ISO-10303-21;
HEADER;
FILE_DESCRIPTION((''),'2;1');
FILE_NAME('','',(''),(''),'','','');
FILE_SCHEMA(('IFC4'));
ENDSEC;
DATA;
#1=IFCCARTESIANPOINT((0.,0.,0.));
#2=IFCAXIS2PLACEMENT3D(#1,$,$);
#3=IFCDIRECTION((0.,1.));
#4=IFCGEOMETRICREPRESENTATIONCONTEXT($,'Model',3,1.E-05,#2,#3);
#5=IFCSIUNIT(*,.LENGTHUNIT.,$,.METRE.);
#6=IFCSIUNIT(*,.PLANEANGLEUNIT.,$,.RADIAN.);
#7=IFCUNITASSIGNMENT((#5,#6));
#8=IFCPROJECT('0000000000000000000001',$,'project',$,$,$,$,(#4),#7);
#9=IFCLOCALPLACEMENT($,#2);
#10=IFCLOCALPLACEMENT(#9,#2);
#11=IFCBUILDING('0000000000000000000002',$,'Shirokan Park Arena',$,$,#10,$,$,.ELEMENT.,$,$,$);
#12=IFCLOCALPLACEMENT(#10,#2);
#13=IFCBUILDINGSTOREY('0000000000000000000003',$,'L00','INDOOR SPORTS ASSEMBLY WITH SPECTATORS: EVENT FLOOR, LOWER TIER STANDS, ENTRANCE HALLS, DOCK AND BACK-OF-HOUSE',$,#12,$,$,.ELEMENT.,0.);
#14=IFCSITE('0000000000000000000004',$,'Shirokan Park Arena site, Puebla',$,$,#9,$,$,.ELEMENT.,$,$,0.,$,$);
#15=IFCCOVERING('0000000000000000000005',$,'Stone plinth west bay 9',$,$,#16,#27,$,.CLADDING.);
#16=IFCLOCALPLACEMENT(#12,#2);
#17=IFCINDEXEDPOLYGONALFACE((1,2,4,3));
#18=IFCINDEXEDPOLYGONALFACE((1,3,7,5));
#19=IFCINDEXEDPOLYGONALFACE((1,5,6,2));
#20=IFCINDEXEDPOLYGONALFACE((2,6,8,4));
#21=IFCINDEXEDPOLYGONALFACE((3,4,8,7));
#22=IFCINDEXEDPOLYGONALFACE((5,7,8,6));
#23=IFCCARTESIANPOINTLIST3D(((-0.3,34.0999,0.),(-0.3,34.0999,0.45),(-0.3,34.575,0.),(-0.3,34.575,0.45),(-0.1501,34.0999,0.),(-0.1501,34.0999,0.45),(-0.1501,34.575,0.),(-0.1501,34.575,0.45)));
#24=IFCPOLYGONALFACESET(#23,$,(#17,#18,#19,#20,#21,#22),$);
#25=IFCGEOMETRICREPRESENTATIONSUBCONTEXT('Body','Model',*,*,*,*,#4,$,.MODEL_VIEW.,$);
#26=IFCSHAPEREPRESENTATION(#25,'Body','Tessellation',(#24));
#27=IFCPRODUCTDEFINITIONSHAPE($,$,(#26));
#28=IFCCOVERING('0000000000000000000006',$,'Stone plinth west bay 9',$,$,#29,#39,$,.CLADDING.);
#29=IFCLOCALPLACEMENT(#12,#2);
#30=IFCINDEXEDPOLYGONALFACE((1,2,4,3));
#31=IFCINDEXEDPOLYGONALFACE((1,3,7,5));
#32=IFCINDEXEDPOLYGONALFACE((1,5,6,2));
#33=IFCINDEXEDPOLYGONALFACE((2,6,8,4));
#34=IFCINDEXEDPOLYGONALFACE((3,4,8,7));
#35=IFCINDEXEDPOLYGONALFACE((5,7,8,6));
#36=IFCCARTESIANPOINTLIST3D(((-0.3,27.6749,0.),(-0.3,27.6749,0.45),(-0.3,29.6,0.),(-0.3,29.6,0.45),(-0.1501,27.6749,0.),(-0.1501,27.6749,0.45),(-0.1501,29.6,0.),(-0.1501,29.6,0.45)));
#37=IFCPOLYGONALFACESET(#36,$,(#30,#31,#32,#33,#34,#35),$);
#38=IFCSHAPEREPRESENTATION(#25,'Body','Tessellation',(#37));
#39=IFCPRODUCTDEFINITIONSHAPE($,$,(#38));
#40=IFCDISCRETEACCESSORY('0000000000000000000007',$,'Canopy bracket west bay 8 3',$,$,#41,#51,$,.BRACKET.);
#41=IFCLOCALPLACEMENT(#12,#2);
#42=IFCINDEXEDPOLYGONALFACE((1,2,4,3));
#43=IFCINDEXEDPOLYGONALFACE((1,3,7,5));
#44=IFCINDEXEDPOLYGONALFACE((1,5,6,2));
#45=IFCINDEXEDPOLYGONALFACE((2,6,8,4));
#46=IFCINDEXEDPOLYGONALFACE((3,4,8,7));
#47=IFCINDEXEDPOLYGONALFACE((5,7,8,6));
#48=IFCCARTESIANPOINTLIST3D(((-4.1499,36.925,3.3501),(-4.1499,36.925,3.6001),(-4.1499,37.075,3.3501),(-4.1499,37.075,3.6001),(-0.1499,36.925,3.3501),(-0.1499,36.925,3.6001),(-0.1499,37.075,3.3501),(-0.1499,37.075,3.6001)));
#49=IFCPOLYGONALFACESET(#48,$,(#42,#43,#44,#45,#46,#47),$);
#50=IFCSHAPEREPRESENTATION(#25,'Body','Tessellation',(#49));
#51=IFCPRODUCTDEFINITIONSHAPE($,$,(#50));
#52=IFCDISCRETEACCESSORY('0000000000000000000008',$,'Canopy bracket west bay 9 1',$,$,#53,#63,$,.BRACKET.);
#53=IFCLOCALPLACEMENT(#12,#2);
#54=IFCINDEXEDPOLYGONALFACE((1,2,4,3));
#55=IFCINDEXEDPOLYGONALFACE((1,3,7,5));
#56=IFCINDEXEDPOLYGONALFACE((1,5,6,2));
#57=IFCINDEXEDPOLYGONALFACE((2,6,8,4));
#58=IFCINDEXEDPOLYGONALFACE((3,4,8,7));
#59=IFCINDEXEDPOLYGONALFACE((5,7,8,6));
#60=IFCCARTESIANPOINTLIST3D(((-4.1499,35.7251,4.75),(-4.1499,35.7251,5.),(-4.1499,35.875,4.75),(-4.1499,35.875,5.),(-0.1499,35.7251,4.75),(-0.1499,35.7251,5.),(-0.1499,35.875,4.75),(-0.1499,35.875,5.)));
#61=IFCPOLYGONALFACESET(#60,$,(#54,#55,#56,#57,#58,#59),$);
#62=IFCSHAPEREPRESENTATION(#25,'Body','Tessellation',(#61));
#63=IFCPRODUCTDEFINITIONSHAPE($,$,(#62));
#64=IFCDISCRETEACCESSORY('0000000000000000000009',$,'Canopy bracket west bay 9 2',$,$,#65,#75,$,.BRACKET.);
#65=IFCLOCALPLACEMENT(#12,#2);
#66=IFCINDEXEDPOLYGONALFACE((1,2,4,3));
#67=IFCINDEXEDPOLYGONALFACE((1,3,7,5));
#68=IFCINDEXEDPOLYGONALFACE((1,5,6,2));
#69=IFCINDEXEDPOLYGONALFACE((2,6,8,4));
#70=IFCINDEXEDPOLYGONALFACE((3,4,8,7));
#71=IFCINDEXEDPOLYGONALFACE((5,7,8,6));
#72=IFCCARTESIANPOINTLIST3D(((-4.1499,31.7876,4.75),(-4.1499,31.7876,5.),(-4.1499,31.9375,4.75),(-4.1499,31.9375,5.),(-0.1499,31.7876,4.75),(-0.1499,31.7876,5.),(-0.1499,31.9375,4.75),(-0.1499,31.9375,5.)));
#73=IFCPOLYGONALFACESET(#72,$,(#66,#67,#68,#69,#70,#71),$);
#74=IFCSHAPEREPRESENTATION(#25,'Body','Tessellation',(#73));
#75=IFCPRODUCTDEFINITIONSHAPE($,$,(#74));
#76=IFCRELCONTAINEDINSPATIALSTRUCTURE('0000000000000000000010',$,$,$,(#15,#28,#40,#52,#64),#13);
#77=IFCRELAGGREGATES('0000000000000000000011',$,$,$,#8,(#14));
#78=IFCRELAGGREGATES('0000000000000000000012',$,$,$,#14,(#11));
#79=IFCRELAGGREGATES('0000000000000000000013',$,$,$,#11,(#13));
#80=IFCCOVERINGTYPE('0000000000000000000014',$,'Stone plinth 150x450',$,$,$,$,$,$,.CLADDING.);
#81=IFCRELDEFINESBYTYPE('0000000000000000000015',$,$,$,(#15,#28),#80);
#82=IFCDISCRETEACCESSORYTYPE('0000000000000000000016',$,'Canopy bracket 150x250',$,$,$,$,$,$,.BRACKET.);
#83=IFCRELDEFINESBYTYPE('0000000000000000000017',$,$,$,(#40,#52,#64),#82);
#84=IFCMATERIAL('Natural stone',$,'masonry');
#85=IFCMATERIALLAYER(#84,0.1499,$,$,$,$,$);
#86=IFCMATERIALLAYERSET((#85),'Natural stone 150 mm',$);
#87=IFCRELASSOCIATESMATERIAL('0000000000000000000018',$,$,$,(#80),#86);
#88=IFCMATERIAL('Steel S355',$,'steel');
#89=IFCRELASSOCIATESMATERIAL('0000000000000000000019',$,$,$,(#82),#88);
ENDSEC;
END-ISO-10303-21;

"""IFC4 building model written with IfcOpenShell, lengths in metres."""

from ifc_helpers import new_model, si_unit, direction, frame, origin, origin_2d, place, context, subcontext, project, spatial, rectangle, extrude, material, layer, layer_set, type_object, element, save


model = new_model("IFC4")

# Units and contexts
model_context = context("Model", 3, precision=1e-05, world=origin(), true_north=direction((0.0, 1.0)))
body_context = subcontext(model_context, "Body", "Model", "MODEL_VIEW")
ifc_project = project(units=[si_unit("LENGTHUNIT", "METRE"), si_unit("PLANEANGLEUNIT", "RADIAN")], contexts=[model_context])

# Site, building, storey
site_placement = place(None, origin())
site = spatial("IfcSite", under=ifc_project, at=site_placement, Name="Shirokan Park Arena site, Puebla", CompositionType="ELEMENT", RefElevation=0.0)
building_placement = place(site_placement, origin())
building = spatial("IfcBuilding", under=site, at=building_placement, Name="Shirokan Park Arena", CompositionType="ELEMENT")
storey_placement = place(building_placement, origin())
storey = spatial("IfcBuildingStorey", under=building, at=storey_placement, Name="L00", Description="INDOOR SPORTS ASSEMBLY WITH SPECTATORS: EVENT FLOOR, LOWER TIER STANDS, ENTRANCE HALLS, DOCK AND BACK-OF-HOUSE", CompositionType="ELEMENT", Elevation=0.0)

# Shared definitions
ifc_material_1 = material(Name="Steel S355", Category="steel")

# Coverings
ifc_material_2 = material(Name="Natural stone", Category="masonry")
ifc_layer_1 = layer(ifc_material_2, 0.1499)
ifc_layer_set_1 = layer_set([ifc_layer_1], Name="Natural stone 150 mm")
covering_type_1 = type_object("IfcCoveringType", Name="Stone plinth 150x450", PredefinedType="CLADDING", material=ifc_layer_set_1)
for number, where, z_axis, x_axis, name in (
    (1, (-0.2251, 34.3374, 0.0), (0.0, 0.0, 1.0), (0.0, -1.0, 0.0), "Stone plinth west bay 9"),
):
    element("IfcCovering", number, at=place(storey_placement, frame(where, z_axis=z_axis, x_axis=x_axis)), inside=storey, type_object=covering_type_1, Name=name, PredefinedType="CLADDING", context=body_context, shape_type="SweptSolid", body=[
        extrude(rectangle(XDim=0.4751, YDim=0.1499, at=origin_2d()), origin(), (0.0, 0.0, 1.0), 0.45),
    ])
covering_1_placement = place(storey_placement, frame((-0.2251, 28.6375, 0.0), z_axis=(0.0, 0.0, 1.0), x_axis=(0.0, -1.0, 0.0)))
element("IfcCovering", 2, at=covering_1_placement, inside=storey, type_object=covering_type_1, Name="Stone plinth west bay 9", PredefinedType="CLADDING", context=body_context, shape_type="SweptSolid", body=[
    extrude(rectangle(XDim=1.925, YDim=0.1499, at=origin_2d()), origin(), (0.0, 0.0, 1.0), 0.45),
])

# Discrete accessories
discrete_accessory_type = type_object("IfcDiscreteAccessoryType", Name="Canopy bracket 150x250", PredefinedType="BRACKET", material=ifc_material_1)
for number, where, z_axis, x_axis, name in (
    (3, (-2.1499, 37.0, 3.3501), (0.0, 0.0, 1.0), (0.0, -1.0, 0.0), "Canopy bracket west bay 8 3"),
    (4, (-2.1499, 35.8, 4.75), (0.0, 0.0, 1.0), (0.0, -1.0, 0.0), "Canopy bracket west bay 9 1"),
    (5, (-2.1499, 31.8625, 4.75), (0.0, 0.0, 1.0), (0.0, -1.0, 0.0), "Canopy bracket west bay 9 2"),
):
    element("IfcDiscreteAccessory", number, at=place(storey_placement, frame(where, z_axis=z_axis, x_axis=x_axis)), inside=storey, type_object=discrete_accessory_type, Name=name, PredefinedType="BRACKET", context=body_context, shape_type="SweptSolid", body=[
        extrude(rectangle(XDim=0.1499, YDim=4.0, at=origin_2d()), origin(), (0.0, 0.0, 1.0), 0.25),
    ])

save(model, "model.ifc")
